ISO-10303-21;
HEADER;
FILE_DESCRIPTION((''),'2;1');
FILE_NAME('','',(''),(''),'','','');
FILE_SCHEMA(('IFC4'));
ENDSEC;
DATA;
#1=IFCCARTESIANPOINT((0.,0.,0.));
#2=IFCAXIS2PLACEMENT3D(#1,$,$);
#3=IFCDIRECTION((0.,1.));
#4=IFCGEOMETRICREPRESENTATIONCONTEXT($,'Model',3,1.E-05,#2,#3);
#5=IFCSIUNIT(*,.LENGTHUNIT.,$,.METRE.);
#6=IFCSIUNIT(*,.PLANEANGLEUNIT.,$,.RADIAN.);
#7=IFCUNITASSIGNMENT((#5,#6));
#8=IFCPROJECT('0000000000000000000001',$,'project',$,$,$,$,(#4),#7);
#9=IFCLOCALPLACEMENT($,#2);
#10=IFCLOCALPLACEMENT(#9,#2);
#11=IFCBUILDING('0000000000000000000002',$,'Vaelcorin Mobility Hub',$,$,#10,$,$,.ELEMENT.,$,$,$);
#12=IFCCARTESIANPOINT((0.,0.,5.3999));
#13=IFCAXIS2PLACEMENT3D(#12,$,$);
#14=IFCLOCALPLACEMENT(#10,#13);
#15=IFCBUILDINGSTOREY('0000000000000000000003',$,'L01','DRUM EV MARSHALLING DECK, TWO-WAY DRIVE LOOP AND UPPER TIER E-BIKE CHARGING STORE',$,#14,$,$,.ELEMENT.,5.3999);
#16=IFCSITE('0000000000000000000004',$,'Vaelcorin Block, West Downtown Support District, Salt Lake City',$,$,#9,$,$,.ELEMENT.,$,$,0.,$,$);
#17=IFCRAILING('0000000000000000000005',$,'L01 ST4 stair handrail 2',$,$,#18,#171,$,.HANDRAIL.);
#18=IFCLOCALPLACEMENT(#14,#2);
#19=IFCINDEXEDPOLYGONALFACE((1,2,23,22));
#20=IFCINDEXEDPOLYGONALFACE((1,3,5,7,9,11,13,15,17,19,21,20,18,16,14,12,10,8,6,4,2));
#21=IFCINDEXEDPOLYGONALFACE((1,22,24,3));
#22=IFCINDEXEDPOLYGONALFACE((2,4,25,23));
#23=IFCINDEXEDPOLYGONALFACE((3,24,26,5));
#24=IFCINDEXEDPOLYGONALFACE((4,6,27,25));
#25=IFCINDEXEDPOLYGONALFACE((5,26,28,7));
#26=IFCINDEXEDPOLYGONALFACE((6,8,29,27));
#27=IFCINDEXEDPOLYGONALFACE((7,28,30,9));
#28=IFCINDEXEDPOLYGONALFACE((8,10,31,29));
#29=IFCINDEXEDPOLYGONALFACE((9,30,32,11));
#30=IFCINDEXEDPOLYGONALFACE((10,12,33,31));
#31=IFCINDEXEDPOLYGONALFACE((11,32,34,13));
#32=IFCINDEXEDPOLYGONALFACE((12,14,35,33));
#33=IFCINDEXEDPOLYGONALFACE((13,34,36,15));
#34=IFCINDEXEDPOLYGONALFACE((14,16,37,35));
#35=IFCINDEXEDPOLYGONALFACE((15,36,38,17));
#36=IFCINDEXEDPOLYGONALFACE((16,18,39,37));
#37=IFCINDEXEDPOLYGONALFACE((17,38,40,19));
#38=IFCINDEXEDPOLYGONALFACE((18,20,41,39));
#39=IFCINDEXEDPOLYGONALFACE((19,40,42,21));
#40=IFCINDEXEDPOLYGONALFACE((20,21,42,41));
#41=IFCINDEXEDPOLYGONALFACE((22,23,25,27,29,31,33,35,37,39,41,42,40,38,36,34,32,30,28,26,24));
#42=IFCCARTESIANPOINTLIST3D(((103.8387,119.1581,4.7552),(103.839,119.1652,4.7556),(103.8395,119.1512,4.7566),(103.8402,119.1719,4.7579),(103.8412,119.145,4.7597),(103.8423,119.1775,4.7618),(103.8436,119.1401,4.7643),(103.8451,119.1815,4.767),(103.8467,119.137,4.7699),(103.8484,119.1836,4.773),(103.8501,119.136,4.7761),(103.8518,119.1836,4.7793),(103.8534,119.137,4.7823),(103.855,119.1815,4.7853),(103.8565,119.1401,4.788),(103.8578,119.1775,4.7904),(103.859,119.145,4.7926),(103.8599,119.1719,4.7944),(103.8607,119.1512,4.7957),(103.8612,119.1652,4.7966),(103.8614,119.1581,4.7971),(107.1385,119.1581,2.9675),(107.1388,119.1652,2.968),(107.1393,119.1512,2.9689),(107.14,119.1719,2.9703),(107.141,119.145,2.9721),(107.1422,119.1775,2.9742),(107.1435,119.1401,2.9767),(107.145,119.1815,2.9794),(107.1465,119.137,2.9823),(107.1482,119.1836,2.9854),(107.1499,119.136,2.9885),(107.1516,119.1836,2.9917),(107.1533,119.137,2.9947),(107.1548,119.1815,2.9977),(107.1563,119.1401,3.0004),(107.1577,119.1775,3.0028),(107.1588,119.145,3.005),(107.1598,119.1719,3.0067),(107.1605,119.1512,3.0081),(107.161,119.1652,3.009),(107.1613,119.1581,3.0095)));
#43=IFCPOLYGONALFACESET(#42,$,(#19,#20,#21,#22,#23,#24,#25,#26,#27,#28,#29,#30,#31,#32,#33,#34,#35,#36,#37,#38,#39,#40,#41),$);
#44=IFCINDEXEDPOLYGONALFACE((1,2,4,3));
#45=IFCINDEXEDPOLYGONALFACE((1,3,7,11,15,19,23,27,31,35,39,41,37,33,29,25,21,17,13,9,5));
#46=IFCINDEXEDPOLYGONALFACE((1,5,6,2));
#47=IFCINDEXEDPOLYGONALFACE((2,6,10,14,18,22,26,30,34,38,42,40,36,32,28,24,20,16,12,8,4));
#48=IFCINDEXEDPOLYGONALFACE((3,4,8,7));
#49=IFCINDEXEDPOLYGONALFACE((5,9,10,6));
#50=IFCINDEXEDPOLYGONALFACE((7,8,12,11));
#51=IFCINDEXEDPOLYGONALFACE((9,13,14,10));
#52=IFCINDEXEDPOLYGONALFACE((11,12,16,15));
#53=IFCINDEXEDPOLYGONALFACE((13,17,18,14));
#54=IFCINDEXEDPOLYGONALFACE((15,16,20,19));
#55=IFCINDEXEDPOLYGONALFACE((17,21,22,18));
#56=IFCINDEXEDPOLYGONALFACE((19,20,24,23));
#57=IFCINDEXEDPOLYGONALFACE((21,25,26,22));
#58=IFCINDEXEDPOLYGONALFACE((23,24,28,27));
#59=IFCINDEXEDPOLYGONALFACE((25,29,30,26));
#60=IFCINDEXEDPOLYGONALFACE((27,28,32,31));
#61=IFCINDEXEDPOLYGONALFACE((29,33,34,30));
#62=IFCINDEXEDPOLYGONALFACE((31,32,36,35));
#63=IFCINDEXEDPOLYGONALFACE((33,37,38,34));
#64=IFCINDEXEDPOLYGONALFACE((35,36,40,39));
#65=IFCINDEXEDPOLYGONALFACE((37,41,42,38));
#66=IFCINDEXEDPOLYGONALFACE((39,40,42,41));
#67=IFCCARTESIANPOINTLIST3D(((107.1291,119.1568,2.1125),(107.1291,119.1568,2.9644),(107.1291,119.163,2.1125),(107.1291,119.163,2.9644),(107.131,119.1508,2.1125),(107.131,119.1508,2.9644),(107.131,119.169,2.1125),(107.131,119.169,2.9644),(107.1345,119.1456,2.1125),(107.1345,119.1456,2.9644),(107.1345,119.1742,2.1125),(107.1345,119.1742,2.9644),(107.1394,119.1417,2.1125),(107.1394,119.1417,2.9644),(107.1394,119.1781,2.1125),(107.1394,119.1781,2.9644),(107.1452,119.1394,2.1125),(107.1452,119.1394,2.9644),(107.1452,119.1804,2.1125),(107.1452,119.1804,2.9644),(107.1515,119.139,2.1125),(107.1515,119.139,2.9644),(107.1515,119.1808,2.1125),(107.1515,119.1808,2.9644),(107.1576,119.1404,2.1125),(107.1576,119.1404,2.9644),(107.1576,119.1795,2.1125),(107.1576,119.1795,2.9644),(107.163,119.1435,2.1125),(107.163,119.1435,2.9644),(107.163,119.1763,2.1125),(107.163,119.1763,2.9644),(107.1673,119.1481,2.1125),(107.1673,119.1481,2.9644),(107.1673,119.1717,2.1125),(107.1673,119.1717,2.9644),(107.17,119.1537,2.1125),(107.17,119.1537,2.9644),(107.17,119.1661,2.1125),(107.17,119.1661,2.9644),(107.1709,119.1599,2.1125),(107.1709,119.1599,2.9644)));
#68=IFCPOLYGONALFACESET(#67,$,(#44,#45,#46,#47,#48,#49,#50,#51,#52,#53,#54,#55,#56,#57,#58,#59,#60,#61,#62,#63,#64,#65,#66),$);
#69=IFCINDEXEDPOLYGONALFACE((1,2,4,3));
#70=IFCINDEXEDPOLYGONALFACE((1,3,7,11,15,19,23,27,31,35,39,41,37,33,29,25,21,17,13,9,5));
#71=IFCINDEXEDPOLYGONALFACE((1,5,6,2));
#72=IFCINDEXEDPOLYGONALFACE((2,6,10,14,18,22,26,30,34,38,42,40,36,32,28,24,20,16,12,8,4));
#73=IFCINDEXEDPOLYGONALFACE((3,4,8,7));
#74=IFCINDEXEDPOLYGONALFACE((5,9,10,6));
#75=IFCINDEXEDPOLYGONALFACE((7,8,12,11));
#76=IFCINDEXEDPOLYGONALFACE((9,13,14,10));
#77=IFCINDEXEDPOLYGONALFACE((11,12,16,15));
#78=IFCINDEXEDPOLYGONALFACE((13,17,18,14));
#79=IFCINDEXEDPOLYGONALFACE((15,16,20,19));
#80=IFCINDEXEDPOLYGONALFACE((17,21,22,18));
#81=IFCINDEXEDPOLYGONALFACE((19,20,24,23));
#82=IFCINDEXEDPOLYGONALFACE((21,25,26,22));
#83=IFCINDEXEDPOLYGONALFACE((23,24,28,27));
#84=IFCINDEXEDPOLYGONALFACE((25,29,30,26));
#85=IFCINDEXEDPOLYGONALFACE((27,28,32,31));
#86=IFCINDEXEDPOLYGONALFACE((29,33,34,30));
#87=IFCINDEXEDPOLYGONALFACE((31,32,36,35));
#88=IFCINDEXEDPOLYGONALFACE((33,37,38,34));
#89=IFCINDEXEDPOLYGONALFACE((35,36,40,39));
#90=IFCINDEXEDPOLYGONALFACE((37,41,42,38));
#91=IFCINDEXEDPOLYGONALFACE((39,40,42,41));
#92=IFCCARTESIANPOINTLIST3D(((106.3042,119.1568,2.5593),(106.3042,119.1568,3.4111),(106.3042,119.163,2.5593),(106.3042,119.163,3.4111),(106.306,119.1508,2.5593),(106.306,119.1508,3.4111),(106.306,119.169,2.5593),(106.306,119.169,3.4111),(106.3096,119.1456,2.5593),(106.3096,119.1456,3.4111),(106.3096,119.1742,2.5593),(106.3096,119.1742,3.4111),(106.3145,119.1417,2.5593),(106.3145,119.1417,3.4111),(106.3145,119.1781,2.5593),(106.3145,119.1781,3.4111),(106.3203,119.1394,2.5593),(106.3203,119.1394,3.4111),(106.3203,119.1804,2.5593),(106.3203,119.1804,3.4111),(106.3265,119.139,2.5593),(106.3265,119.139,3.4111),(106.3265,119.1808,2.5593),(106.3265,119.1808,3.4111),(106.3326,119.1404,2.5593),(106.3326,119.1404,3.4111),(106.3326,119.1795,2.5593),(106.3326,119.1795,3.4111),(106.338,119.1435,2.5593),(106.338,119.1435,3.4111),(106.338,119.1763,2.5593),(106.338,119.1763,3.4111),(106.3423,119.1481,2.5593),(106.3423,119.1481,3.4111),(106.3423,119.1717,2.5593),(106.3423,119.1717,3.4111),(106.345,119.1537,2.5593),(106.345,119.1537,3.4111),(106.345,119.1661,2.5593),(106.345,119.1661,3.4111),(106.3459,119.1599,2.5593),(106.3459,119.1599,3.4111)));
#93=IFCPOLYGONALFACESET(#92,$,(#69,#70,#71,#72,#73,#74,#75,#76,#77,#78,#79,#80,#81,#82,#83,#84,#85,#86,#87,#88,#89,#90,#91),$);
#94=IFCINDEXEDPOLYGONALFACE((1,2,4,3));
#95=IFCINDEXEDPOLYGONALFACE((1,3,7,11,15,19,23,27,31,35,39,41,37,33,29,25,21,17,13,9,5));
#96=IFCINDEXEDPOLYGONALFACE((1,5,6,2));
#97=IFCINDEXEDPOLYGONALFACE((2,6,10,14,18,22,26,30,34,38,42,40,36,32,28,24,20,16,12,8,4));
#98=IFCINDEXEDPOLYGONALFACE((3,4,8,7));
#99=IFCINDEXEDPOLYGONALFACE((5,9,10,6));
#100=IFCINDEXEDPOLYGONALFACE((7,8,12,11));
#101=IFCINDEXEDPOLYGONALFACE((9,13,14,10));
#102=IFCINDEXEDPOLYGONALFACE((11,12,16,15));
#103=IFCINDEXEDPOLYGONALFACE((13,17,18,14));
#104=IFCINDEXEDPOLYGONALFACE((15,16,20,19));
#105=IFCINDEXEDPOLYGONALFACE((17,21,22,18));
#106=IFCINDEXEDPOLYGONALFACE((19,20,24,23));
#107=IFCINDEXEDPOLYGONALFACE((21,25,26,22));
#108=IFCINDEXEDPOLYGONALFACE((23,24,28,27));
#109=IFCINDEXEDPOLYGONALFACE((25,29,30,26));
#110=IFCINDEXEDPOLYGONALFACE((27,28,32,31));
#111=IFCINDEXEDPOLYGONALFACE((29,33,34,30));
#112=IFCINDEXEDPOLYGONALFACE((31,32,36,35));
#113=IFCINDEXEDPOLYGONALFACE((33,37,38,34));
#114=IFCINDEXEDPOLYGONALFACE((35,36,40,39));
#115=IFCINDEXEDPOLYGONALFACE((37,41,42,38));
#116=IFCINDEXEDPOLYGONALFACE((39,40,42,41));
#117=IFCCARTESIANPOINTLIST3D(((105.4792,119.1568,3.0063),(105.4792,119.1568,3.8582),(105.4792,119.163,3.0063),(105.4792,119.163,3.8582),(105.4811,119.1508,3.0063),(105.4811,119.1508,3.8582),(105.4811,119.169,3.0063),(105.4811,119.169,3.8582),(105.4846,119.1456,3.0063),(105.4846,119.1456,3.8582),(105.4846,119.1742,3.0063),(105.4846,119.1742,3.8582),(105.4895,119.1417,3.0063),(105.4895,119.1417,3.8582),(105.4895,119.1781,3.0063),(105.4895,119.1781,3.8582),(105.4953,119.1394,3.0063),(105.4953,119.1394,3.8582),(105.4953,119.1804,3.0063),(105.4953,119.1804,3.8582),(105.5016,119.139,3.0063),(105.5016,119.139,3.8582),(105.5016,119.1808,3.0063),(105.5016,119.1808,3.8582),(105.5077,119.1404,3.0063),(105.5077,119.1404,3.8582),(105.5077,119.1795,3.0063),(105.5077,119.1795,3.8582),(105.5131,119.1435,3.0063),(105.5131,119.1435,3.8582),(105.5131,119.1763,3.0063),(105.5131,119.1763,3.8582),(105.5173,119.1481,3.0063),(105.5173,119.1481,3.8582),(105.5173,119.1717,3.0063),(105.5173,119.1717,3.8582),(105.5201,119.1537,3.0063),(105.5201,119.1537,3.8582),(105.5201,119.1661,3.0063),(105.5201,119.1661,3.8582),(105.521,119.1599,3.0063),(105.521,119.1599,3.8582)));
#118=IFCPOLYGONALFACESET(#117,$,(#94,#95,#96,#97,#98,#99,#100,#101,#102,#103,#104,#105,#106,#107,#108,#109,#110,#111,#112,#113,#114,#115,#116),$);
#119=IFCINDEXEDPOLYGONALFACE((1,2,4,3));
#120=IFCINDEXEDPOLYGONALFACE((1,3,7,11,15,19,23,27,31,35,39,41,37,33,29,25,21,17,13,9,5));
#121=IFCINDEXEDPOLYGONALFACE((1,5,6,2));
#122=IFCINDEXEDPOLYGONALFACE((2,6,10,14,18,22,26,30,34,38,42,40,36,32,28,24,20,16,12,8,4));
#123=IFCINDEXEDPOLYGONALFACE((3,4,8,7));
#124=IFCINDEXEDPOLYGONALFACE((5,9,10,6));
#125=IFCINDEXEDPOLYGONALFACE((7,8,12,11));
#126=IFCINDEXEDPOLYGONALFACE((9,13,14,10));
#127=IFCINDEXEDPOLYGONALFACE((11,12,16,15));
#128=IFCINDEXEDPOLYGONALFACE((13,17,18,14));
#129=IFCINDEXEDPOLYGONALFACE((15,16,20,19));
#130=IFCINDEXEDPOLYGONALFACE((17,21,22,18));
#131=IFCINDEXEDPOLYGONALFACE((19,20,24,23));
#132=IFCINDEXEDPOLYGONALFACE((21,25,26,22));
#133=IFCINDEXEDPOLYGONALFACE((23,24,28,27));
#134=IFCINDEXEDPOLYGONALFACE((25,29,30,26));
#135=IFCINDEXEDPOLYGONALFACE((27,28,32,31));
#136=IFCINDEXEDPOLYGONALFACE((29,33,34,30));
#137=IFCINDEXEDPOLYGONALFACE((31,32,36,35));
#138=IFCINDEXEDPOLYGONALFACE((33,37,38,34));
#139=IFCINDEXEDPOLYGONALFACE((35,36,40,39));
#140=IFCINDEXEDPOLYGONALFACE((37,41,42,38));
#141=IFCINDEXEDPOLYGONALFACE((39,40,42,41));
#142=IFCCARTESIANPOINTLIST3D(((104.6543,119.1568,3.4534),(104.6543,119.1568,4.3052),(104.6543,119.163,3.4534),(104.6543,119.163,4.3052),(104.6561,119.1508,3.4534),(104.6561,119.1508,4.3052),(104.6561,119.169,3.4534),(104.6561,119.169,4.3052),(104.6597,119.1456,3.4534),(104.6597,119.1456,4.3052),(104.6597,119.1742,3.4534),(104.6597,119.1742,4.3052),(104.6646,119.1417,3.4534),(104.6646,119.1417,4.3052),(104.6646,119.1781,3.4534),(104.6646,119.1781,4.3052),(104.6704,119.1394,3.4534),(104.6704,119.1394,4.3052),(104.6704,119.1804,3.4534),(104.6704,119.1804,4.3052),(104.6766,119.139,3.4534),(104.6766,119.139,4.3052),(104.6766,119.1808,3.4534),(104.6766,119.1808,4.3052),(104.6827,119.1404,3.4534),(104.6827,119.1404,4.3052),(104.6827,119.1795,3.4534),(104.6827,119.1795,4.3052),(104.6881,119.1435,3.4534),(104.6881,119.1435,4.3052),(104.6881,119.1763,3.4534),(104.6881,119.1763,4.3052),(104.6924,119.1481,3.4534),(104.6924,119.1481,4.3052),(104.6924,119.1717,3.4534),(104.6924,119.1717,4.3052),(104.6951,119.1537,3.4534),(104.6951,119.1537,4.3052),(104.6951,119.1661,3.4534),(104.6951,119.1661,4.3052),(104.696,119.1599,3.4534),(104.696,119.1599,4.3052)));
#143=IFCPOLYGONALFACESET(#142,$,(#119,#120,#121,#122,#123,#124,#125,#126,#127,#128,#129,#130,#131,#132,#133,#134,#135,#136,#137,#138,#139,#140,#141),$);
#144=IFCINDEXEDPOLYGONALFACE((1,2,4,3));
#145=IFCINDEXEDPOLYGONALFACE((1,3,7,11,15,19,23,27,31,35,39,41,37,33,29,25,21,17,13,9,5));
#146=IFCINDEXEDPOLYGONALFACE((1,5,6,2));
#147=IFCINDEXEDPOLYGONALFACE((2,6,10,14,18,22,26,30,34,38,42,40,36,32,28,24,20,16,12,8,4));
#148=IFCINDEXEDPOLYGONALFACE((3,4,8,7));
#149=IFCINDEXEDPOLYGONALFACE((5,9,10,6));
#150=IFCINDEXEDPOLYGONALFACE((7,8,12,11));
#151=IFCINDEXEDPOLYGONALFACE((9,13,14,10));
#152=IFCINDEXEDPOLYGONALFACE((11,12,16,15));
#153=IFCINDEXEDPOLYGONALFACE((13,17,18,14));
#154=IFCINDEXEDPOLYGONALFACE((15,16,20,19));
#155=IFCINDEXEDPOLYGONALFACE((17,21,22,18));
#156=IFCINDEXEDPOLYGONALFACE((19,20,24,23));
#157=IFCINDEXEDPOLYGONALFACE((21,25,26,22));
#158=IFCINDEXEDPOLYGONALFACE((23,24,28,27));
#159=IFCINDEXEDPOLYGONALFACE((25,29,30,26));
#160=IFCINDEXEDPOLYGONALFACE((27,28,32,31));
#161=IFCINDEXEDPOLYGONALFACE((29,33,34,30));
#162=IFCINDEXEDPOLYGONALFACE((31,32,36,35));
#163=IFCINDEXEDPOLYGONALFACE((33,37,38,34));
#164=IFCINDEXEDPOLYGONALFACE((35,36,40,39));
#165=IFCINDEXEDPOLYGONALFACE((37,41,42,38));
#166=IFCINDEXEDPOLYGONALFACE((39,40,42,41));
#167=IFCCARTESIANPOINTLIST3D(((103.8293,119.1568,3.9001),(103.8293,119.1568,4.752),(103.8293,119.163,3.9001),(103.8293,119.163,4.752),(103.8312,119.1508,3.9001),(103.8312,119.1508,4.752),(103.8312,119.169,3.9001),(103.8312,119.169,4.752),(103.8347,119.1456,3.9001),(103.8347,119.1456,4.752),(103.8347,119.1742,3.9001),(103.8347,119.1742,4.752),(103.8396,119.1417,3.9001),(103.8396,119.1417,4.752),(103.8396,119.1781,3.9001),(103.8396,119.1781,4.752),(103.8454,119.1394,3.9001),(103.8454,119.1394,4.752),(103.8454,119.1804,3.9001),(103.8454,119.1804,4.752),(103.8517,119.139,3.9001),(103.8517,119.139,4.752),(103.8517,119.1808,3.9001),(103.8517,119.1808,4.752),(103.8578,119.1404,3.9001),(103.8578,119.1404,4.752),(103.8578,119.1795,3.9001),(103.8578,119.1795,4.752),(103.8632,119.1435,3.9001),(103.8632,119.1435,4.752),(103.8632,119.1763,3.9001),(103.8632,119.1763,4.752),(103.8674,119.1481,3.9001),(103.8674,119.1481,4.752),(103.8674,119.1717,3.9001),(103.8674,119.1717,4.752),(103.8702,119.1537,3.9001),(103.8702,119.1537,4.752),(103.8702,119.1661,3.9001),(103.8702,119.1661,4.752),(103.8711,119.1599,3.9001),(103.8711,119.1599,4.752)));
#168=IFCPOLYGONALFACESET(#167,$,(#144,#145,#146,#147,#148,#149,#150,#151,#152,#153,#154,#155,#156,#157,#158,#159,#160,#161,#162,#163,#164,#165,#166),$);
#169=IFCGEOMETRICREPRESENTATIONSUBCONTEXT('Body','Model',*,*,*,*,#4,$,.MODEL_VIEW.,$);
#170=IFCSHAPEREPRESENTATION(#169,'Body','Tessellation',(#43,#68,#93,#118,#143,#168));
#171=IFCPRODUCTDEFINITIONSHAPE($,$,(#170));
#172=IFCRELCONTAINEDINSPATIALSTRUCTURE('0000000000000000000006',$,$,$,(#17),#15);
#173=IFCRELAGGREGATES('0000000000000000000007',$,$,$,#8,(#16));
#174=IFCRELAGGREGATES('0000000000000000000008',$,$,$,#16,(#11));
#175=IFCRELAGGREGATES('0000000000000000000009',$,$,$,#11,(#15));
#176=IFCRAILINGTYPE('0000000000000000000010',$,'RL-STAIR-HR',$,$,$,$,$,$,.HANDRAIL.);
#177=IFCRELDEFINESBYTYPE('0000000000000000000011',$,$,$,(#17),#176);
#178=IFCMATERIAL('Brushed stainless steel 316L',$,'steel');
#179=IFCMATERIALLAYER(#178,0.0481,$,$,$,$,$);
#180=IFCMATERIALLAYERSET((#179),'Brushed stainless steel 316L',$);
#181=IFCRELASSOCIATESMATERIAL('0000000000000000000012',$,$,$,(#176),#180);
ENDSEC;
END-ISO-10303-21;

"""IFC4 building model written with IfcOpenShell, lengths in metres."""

from ifc_helpers import new_model, si_unit, direction, frame, origin, origin_2d, place, context, subcontext, project, spatial, circle, extrude, material, layer, layer_set, type_object, element, save


model = new_model("IFC4")

# Units and contexts
model_context = context("Model", 3, precision=1e-05, world=origin(), true_north=direction((0.0, 1.0)))
body_context = subcontext(model_context, "Body", "Model", "MODEL_VIEW")
ifc_project = project(units=[si_unit("LENGTHUNIT", "METRE"), si_unit("PLANEANGLEUNIT", "RADIAN")], contexts=[model_context])

# Site, building, storey
site_placement = place(None, origin())
site = spatial("IfcSite", under=ifc_project, at=site_placement, Name="Vaelcorin Block, West Downtown Support District, Salt Lake City", CompositionType="ELEMENT", RefElevation=0.0)
building_placement = place(site_placement, origin())
building = spatial("IfcBuilding", under=site, at=building_placement, Name="Vaelcorin Mobility Hub", CompositionType="ELEMENT")
storey_placement = place(building_placement, frame((0.0, 0.0, 5.3999)))
storey = spatial("IfcBuildingStorey", under=building, at=storey_placement, Name="L01", Description="DRUM EV MARSHALLING DECK, TWO-WAY DRIVE LOOP AND UPPER TIER E-BIKE CHARGING STORE", CompositionType="ELEMENT", Elevation=5.3999)

# Railing
ifc_material_1 = material(Name="Brushed stainless steel 316L", Category="steel")
ifc_layer_1 = layer(ifc_material_1, 0.0481)
ifc_layer_set_1 = layer_set([ifc_layer_1], Name="Brushed stainless steel 316L")
railing_type_1 = type_object("IfcRailingType", Name="RL-STAIR-HR", PredefinedType="HANDRAIL", material=ifc_layer_set_1)
railing_1_placement = place(storey_placement, frame((107.1499, 119.1599, 2.1125)))
element("IfcRailing", 1, at=railing_1_placement, inside=storey, type_object=railing_type_1, Name="L01 ST4 stair handrail 2", PredefinedType="HANDRAIL", context=body_context, shape_type="SweptSolid", body=[
    extrude(circle(Radius=0.0239, at=origin_2d()), frame((0.0, 0.0, 0.876), z_axis=(-0.879269, 0.0, 0.476325), x_axis=(0.0, -1.0, 0.0)), (0.0, 0.0, 1.0), 3.7529),
    extrude(circle(Radius=0.021, at=origin_2d()), origin(), (0.0, 0.0, 1.0), 0.8518),
    extrude(circle(Radius=0.021, at=origin_2d()), frame((-0.825, 0.0, 0.4468)), (0.0, 0.0, 1.0), 0.8518),
    extrude(circle(Radius=0.021, at=origin_2d()), frame((-1.6499, 0.0, 0.8938)), (0.0, 0.0, 1.0), 0.8518),
    extrude(circle(Radius=0.021, at=origin_2d()), frame((-2.4749, 0.0, 1.3408)), (0.0, 0.0, 1.0), 0.8518),
    extrude(circle(Radius=0.021, at=origin_2d()), frame((-3.2998, 0.0, 1.7876)), (0.0, 0.0, 1.0), 0.8518),
])

save(model, "model.ifc")
